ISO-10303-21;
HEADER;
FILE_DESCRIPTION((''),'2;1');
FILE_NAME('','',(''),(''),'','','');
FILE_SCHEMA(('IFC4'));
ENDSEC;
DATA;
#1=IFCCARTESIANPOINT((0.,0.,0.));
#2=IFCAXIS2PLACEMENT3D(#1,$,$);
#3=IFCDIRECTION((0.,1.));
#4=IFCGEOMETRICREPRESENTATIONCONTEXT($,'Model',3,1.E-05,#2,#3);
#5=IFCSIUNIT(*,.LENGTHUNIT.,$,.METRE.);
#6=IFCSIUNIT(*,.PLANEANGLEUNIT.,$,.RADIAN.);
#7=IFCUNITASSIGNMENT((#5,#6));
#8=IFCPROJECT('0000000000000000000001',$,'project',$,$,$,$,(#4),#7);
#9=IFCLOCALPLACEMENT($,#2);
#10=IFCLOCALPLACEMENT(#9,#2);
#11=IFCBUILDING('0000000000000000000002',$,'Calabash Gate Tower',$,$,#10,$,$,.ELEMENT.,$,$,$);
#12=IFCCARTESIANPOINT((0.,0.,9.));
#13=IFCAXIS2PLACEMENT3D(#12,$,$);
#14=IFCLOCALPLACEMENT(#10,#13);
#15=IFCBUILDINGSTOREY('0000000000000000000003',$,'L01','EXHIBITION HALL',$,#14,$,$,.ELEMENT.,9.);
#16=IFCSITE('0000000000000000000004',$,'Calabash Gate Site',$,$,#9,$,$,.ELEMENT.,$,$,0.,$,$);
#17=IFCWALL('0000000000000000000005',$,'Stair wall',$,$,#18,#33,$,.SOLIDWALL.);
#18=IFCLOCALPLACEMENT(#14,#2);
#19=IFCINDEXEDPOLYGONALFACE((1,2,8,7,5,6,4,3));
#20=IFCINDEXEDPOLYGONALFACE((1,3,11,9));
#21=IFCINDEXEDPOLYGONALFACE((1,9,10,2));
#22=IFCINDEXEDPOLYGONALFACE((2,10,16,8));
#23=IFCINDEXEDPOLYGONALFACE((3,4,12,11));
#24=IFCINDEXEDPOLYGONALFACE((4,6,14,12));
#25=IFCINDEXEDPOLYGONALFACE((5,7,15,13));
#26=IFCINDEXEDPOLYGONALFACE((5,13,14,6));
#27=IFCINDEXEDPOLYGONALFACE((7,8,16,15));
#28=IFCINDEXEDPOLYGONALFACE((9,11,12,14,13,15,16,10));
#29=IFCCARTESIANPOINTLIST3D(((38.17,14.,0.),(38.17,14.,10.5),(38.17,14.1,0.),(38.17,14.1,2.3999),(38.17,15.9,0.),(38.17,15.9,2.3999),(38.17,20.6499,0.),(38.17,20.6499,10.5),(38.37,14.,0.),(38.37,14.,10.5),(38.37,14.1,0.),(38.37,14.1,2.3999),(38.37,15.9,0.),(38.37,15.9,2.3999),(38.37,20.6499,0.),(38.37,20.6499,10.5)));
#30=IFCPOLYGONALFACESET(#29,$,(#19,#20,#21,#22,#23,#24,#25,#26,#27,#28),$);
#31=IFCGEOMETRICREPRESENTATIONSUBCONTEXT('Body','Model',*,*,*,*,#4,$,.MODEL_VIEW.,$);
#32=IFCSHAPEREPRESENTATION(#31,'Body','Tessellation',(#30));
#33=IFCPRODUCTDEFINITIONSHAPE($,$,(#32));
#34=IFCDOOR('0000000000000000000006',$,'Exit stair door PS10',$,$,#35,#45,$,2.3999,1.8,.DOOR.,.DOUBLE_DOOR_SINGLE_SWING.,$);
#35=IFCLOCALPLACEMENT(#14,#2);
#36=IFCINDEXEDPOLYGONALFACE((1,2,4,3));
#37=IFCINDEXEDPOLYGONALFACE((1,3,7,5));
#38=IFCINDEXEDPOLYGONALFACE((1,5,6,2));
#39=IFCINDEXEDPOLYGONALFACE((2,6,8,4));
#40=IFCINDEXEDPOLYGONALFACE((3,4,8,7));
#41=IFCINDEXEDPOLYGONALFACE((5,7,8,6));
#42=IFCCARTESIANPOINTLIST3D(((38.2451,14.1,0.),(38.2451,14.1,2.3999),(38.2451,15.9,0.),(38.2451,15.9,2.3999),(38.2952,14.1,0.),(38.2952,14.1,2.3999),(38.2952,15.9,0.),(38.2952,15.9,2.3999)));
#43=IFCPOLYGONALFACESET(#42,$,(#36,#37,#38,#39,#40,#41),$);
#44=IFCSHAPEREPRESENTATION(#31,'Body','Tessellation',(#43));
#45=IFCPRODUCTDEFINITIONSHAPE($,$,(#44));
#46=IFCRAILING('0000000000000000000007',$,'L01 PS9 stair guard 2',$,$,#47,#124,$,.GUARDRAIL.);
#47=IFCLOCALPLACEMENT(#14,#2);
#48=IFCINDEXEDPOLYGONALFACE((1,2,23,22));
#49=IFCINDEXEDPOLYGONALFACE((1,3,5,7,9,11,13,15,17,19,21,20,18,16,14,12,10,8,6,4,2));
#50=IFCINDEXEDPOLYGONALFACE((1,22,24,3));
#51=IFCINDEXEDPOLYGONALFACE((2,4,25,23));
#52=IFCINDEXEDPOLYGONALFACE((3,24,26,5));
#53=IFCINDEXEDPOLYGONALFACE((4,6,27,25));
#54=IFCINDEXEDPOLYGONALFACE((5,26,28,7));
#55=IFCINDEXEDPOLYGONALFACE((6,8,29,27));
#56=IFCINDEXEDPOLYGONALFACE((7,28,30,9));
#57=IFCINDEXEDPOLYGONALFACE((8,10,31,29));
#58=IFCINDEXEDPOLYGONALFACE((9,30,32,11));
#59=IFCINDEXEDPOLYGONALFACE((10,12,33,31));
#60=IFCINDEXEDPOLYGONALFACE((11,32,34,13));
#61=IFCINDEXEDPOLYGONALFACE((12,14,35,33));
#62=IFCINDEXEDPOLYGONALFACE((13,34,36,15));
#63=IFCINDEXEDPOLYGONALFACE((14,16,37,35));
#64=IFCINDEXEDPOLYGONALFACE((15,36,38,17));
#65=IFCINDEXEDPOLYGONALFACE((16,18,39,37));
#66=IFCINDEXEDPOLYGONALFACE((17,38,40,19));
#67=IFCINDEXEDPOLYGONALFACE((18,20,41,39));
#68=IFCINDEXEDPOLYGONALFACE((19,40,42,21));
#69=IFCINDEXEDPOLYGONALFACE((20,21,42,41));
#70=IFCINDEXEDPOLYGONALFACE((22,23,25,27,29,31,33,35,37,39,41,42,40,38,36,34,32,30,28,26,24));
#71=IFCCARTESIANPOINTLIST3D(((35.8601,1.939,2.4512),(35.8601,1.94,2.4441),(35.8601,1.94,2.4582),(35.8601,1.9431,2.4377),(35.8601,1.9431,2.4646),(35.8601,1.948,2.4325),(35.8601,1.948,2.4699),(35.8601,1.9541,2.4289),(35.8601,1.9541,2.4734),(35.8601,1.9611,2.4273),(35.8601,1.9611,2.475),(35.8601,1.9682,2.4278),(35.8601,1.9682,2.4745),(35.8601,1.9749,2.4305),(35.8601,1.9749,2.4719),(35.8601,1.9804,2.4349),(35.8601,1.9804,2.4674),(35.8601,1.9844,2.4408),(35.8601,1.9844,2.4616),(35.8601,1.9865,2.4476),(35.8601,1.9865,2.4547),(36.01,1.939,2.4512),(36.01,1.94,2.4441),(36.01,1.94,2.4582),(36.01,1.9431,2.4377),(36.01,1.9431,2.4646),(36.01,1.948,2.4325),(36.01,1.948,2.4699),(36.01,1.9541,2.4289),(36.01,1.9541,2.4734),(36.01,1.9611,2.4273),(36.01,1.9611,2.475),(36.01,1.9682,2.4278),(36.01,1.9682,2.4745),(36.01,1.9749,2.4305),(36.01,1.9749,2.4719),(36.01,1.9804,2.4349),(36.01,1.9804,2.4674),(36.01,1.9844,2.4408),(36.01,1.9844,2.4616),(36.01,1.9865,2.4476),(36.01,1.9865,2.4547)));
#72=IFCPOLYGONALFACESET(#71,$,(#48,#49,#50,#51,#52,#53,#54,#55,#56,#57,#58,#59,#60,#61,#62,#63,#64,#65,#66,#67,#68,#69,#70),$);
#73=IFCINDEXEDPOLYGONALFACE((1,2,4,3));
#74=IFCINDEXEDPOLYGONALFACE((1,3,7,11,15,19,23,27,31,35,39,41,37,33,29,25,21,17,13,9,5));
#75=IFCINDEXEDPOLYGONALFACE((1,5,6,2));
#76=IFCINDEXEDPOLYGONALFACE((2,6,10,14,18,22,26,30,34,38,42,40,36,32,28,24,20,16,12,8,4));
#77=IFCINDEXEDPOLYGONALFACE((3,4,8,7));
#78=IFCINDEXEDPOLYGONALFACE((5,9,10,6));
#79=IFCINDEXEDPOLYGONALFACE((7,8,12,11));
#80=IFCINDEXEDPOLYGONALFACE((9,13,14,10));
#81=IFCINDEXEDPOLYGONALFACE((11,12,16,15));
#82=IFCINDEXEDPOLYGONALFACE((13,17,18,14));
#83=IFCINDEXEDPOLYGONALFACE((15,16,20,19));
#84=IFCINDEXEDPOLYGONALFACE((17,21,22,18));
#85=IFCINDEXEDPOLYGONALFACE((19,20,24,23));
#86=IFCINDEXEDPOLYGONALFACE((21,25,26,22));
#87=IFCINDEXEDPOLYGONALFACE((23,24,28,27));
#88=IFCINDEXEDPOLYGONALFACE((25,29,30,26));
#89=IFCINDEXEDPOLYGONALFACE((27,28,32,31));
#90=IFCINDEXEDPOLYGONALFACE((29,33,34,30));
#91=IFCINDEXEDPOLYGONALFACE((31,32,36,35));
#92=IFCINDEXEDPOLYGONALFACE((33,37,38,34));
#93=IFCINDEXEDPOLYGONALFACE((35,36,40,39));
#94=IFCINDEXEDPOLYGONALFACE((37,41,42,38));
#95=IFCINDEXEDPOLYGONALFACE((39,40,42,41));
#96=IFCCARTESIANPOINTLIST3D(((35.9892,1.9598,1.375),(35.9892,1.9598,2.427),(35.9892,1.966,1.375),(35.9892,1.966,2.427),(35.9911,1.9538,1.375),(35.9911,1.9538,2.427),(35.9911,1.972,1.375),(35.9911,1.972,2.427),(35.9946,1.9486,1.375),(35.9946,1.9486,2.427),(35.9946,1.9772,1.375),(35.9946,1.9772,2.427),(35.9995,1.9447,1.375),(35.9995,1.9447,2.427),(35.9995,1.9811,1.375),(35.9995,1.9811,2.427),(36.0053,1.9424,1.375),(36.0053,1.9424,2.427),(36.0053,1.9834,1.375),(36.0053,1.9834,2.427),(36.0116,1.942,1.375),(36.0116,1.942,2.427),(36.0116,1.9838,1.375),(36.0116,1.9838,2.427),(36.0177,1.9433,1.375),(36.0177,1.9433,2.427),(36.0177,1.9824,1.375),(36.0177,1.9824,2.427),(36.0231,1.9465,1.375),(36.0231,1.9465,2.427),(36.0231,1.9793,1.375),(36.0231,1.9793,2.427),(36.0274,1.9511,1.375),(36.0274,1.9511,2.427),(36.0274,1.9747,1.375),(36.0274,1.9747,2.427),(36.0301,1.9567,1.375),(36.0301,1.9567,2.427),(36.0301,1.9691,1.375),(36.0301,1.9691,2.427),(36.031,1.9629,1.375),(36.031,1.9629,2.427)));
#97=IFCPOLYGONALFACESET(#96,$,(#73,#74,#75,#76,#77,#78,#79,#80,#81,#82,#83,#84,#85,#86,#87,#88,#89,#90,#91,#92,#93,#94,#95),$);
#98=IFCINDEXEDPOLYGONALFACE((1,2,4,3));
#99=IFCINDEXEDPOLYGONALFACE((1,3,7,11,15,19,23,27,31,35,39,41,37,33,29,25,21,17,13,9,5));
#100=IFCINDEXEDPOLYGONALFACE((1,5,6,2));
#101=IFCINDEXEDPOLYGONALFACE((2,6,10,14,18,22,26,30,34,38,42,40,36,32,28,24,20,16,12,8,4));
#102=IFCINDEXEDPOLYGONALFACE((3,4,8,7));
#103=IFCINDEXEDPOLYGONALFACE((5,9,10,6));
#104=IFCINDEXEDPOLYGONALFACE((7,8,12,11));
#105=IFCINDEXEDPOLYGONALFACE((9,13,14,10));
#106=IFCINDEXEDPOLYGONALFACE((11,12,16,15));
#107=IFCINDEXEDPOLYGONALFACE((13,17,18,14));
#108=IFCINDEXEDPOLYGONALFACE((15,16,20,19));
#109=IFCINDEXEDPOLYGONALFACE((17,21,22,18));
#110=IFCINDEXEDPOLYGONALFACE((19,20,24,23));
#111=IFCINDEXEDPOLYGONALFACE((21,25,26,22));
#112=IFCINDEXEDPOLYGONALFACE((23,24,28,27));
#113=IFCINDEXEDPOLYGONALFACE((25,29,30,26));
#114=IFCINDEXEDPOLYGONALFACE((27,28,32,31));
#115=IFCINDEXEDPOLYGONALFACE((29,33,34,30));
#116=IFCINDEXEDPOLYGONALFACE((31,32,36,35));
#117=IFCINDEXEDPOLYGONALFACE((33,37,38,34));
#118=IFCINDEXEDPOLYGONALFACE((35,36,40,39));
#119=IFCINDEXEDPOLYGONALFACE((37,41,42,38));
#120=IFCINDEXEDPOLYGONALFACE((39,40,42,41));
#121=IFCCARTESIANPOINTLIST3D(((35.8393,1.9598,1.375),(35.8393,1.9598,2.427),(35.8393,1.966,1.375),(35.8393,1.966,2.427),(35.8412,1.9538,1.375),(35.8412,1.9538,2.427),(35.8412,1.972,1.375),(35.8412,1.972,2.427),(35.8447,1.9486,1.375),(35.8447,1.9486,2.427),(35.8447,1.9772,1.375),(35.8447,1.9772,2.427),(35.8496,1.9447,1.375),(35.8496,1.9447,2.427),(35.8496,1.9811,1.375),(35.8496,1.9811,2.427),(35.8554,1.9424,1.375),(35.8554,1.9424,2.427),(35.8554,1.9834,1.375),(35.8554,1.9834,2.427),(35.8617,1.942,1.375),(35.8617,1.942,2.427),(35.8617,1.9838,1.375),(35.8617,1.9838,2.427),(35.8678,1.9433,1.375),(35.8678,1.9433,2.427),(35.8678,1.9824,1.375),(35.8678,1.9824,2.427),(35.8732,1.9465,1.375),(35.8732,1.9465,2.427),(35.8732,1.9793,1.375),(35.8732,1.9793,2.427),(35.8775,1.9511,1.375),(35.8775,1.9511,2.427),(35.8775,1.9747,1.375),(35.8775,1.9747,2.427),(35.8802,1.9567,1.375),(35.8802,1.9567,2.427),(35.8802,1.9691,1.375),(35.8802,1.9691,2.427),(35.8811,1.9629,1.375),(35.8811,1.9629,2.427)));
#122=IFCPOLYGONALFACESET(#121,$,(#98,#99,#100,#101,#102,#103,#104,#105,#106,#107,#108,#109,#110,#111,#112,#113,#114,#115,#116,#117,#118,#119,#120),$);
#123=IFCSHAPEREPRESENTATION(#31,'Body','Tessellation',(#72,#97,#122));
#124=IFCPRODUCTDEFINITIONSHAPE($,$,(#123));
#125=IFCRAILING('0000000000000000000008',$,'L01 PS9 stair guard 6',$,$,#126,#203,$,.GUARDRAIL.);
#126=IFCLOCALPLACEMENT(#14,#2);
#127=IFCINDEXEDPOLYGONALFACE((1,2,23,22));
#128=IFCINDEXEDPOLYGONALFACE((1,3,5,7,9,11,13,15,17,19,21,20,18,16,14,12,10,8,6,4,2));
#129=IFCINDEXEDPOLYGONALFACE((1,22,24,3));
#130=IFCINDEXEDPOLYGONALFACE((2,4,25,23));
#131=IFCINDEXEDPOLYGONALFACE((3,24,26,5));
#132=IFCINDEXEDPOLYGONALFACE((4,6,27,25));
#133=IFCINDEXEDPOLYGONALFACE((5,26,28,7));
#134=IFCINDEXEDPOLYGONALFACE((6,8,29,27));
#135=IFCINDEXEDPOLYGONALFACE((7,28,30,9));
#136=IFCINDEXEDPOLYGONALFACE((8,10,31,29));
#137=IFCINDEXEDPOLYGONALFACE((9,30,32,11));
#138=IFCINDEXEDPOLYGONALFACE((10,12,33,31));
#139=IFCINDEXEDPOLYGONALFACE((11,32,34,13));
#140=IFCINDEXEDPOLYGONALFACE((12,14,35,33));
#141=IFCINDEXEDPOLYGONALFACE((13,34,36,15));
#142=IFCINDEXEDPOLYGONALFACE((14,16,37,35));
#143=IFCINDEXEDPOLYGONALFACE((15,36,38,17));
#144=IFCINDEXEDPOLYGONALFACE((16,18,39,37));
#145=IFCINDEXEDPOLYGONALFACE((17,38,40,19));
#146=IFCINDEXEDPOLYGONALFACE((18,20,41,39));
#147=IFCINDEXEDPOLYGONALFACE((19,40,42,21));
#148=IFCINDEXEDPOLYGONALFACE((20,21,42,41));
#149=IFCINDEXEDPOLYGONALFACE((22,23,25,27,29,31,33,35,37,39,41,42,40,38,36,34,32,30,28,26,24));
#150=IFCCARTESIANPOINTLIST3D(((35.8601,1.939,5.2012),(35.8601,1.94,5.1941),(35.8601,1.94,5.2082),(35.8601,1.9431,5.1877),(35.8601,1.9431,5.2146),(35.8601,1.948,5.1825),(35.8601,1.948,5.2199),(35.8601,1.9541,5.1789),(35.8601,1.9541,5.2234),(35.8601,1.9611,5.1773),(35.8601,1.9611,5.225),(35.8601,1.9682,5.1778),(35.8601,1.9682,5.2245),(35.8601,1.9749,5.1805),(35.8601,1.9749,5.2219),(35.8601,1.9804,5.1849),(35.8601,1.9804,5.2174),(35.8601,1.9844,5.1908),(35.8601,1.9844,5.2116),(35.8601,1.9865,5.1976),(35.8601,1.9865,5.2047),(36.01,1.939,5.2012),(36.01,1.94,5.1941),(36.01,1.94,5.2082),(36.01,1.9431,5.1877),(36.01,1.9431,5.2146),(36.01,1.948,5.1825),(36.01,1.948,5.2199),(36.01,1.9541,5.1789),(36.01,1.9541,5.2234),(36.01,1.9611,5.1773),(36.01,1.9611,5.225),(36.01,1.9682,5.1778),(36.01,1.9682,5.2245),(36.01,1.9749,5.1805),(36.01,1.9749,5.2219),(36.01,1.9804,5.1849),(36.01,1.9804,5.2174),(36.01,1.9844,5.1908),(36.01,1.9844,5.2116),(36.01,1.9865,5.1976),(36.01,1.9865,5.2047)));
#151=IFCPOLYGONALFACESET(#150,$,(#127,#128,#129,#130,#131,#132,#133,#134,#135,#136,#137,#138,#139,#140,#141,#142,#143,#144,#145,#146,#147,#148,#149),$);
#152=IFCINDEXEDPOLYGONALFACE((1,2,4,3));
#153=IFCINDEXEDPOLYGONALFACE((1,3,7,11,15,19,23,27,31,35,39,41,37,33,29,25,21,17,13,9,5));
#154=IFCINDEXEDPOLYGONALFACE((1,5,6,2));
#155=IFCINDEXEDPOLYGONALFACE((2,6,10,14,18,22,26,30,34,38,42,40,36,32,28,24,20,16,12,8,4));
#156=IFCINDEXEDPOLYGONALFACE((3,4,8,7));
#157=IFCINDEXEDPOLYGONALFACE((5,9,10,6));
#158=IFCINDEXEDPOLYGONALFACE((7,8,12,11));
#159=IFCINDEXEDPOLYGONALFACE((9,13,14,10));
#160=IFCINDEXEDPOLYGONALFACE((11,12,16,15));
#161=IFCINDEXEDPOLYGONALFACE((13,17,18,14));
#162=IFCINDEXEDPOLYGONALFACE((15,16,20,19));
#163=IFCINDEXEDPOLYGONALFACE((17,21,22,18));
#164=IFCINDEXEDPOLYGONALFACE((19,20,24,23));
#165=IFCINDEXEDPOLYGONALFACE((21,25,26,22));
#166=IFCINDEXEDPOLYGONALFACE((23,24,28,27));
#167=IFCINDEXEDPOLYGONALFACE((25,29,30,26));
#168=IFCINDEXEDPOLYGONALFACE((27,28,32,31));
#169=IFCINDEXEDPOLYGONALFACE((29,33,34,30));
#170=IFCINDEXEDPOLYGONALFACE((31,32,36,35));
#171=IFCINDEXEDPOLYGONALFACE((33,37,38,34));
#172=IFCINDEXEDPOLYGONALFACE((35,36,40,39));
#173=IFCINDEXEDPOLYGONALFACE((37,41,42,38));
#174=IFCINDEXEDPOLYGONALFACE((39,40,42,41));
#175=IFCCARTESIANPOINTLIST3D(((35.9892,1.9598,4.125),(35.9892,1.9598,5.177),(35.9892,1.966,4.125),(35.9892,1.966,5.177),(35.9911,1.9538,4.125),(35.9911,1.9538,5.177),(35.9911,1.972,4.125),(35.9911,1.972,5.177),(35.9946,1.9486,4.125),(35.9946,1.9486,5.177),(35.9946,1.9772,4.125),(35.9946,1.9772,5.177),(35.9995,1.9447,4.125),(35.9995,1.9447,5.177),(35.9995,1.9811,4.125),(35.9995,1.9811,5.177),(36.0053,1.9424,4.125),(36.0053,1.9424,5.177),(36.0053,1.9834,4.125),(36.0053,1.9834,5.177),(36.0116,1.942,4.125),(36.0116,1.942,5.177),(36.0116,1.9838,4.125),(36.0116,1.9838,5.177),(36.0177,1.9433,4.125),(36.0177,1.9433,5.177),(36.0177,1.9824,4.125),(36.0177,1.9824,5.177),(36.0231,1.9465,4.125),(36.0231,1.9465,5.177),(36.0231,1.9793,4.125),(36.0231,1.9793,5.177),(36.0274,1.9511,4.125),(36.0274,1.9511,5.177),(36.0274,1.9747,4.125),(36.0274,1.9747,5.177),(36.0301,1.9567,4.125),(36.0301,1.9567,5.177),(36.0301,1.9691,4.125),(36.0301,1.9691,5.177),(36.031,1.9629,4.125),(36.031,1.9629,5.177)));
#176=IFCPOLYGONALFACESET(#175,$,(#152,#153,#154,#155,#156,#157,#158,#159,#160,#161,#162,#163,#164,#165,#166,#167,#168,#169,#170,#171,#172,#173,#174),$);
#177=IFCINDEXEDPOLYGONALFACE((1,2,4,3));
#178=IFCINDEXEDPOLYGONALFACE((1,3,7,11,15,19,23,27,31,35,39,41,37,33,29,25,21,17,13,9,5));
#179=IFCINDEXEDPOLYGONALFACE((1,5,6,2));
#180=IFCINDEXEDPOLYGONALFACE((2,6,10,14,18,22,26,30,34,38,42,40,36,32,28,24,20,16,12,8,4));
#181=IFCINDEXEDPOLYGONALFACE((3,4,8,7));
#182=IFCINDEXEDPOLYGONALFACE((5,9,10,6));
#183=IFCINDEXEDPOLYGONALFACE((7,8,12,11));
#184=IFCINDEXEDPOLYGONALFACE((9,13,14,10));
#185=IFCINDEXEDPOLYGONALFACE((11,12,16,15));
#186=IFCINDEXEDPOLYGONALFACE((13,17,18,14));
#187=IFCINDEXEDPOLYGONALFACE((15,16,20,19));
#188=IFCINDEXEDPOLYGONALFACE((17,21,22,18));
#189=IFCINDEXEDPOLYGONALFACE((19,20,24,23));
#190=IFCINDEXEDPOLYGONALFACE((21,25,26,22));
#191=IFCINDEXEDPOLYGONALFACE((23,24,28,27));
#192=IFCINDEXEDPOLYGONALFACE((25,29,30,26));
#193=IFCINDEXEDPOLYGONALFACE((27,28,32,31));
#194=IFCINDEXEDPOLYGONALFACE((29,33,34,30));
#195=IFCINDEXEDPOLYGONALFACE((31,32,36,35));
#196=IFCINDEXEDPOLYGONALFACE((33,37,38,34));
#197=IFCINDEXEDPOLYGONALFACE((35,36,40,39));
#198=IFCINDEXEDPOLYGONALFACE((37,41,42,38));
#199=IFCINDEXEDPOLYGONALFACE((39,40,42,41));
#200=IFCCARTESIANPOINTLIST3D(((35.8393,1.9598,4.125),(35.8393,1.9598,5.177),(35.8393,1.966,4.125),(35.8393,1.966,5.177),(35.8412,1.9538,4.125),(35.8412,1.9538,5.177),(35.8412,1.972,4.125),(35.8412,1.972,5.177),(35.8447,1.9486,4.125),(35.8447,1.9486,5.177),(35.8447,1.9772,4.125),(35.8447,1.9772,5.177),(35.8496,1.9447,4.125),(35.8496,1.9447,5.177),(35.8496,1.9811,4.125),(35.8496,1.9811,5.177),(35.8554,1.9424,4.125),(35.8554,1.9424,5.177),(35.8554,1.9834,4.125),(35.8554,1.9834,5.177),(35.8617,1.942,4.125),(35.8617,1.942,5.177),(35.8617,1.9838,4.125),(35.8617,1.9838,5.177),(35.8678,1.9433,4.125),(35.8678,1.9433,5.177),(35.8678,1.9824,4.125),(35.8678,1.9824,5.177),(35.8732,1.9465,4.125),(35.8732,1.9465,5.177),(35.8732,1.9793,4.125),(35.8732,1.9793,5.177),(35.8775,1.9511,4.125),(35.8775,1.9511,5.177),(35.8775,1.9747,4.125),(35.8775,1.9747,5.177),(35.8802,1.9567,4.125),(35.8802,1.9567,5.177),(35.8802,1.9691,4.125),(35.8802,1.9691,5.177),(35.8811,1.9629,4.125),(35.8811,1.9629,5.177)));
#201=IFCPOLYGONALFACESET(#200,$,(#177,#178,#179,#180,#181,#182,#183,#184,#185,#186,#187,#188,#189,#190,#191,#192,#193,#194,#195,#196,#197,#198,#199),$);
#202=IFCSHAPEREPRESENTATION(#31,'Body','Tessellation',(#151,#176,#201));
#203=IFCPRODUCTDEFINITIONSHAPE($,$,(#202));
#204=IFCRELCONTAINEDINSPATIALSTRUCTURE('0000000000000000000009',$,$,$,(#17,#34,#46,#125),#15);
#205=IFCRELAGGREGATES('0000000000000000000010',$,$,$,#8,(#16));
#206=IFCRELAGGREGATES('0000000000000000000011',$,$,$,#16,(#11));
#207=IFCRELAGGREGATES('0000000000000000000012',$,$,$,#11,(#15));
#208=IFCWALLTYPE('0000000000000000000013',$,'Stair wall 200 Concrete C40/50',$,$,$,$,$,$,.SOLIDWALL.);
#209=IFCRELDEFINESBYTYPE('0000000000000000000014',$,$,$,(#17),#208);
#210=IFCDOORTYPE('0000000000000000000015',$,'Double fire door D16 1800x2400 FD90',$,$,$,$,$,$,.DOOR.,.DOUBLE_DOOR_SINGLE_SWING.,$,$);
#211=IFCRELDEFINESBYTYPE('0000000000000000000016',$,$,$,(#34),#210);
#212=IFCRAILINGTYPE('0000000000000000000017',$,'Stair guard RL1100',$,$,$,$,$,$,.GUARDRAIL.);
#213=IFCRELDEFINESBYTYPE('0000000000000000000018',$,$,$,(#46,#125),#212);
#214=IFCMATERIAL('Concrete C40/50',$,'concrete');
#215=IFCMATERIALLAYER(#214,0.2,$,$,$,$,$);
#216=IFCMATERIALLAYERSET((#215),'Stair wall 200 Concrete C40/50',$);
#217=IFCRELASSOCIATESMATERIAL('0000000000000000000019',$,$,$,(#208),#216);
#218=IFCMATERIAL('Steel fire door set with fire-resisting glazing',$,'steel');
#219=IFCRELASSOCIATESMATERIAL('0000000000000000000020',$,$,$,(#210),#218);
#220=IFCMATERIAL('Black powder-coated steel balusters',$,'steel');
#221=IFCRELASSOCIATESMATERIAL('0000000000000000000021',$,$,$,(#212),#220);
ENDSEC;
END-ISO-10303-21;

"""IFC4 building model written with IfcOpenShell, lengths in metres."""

from ifc_helpers import new_model, si_unit, direction, frame, frame_2d, origin, origin_2d, place, context, subcontext, project, spatial, rectangle, circle, extrude, material, layer, layer_set, type_object, element, fill, save


model = new_model("IFC4")

# Units and contexts
model_context = context("Model", 3, precision=1e-05, world=origin(), true_north=direction((0.0, 1.0)))
body_context = subcontext(model_context, "Body", "Model", "MODEL_VIEW")
ifc_project = project(units=[si_unit("LENGTHUNIT", "METRE"), si_unit("PLANEANGLEUNIT", "RADIAN")], contexts=[model_context])

# Site, building, storey
site_placement = place(None, origin())
site = spatial("IfcSite", under=ifc_project, at=site_placement, Name="Calabash Gate Site", CompositionType="ELEMENT", RefElevation=0.0)
building_placement = place(site_placement, origin())
building = spatial("IfcBuilding", under=site, at=building_placement, Name="Calabash Gate Tower", CompositionType="ELEMENT")
storey_placement = place(building_placement, frame((0.0, 0.0, 9.0)))
storey = spatial("IfcBuildingStorey", under=building, at=storey_placement, Name="L01", Description="EXHIBITION HALL", CompositionType="ELEMENT", Elevation=9.0)

# Wall, opening, door
ifc_material_1 = material(Name="Concrete C40/50", Category="concrete")
ifc_layer_1 = layer(ifc_material_1, 0.2)
ifc_layer_set_1 = layer_set([ifc_layer_1], Name="Stair wall 200 Concrete C40/50")
wall_type_1 = type_object("IfcWallType", Name="Stair wall 200 Concrete C40/50", PredefinedType="SOLIDWALL", material=ifc_layer_set_1)
wall_1_placement = place(storey_placement, frame((38.27, 14.0, 0.0), z_axis=(0.0, 0.0, 1.0), x_axis=(0.0, 1.0, 0.0)))
wall_1 = element("IfcWall", 1, at=wall_1_placement, inside=storey, type_object=wall_type_1, Name="Stair wall", PredefinedType="SOLIDWALL", context=body_context, shape_type="SweptSolid", body=[
    extrude(rectangle(XDim=6.6499, YDim=0.2, at=frame_2d((3.325, 0.0))), origin(), (0.0, 0.0, 1.0), 10.5),
])
opening_placement = place(wall_1_placement, frame((0.1001, 0.0, 0.0)))
opening = element("IfcOpeningElement", 2, at=opening_placement, cuts=wall_1, PredefinedType="OPENING", context=body_context, shape_type="SweptSolid", body=[
    extrude(rectangle(XDim=1.8, YDim=2.3999, at=frame_2d((0.8999, 1.2))), frame((0.0, 0.1099, 0.0), z_axis=(0.0, -1.0, 0.0), x_axis=(1.0, 0.0, 0.0)), (0.0, 0.0, 1.0), 0.22),
])
ifc_material_2 = material(Name="Steel fire door set with fire-resisting glazing", Category="steel")
door_type = type_object("IfcDoorType", Name="Double fire door D16 1800x2400 FD90", OperationType="DOUBLE_DOOR_SINGLE_SWING", PredefinedType="DOOR", material=ifc_material_2)
door_placement = place(opening_placement, origin())
door = element("IfcDoor", 3, at=door_placement, inside=storey, type_object=door_type, Name="Exit stair door PS10", OperationType="DOUBLE_DOOR_SINGLE_SWING", OverallHeight=2.3999, OverallWidth=1.8, PredefinedType="DOOR", context=body_context, shape_type="SweptSolid", body=[
    extrude(rectangle(XDim=1.8, YDim=2.3999, at=frame_2d((0.8999, 1.2))), frame((0.0, 0.0249, 0.0), z_axis=(0.0, -1.0, 0.0), x_axis=(1.0, 0.0, 0.0)), (0.0, 0.0, 1.0), 0.05),
])
fill(opening, door)

# Railings
ifc_material_3 = material(Name="Black powder-coated steel balusters", Category="steel")
railing_type = type_object("IfcRailingType", Name="Stair guard RL1100", PredefinedType="GUARDRAIL", material=ifc_material_3)
for number, where, name in (
    (4, (36.01, 1.9629, 1.375), "L01 PS9 stair guard 2"),
    (5, (36.01, 1.9629, 4.125), "L01 PS9 stair guard 6"),
):
    element("IfcRailing", number, at=place(storey_placement, frame(where)), inside=storey, type_object=railing_type, Name=name, PredefinedType="GUARDRAIL", context=body_context, shape_type="SweptSolid", body=[
        extrude(circle(Radius=0.0239, at=origin_2d()), frame((0.0, 0.0, 1.0762), z_axis=(-1.0, 0.0, 0.0), x_axis=(0.0, -1.0, 0.0)), (0.0, 0.0, 1.0), 0.1499),
        extrude(circle(Radius=0.021, at=origin_2d()), origin(), (0.0, 0.0, 1.0), 1.052),
        extrude(circle(Radius=0.021, at=origin_2d()), frame((-0.1499, 0.0, 0.0)), (0.0, 0.0, 1.0), 1.052),
    ])

save(model, "model.ifc")
